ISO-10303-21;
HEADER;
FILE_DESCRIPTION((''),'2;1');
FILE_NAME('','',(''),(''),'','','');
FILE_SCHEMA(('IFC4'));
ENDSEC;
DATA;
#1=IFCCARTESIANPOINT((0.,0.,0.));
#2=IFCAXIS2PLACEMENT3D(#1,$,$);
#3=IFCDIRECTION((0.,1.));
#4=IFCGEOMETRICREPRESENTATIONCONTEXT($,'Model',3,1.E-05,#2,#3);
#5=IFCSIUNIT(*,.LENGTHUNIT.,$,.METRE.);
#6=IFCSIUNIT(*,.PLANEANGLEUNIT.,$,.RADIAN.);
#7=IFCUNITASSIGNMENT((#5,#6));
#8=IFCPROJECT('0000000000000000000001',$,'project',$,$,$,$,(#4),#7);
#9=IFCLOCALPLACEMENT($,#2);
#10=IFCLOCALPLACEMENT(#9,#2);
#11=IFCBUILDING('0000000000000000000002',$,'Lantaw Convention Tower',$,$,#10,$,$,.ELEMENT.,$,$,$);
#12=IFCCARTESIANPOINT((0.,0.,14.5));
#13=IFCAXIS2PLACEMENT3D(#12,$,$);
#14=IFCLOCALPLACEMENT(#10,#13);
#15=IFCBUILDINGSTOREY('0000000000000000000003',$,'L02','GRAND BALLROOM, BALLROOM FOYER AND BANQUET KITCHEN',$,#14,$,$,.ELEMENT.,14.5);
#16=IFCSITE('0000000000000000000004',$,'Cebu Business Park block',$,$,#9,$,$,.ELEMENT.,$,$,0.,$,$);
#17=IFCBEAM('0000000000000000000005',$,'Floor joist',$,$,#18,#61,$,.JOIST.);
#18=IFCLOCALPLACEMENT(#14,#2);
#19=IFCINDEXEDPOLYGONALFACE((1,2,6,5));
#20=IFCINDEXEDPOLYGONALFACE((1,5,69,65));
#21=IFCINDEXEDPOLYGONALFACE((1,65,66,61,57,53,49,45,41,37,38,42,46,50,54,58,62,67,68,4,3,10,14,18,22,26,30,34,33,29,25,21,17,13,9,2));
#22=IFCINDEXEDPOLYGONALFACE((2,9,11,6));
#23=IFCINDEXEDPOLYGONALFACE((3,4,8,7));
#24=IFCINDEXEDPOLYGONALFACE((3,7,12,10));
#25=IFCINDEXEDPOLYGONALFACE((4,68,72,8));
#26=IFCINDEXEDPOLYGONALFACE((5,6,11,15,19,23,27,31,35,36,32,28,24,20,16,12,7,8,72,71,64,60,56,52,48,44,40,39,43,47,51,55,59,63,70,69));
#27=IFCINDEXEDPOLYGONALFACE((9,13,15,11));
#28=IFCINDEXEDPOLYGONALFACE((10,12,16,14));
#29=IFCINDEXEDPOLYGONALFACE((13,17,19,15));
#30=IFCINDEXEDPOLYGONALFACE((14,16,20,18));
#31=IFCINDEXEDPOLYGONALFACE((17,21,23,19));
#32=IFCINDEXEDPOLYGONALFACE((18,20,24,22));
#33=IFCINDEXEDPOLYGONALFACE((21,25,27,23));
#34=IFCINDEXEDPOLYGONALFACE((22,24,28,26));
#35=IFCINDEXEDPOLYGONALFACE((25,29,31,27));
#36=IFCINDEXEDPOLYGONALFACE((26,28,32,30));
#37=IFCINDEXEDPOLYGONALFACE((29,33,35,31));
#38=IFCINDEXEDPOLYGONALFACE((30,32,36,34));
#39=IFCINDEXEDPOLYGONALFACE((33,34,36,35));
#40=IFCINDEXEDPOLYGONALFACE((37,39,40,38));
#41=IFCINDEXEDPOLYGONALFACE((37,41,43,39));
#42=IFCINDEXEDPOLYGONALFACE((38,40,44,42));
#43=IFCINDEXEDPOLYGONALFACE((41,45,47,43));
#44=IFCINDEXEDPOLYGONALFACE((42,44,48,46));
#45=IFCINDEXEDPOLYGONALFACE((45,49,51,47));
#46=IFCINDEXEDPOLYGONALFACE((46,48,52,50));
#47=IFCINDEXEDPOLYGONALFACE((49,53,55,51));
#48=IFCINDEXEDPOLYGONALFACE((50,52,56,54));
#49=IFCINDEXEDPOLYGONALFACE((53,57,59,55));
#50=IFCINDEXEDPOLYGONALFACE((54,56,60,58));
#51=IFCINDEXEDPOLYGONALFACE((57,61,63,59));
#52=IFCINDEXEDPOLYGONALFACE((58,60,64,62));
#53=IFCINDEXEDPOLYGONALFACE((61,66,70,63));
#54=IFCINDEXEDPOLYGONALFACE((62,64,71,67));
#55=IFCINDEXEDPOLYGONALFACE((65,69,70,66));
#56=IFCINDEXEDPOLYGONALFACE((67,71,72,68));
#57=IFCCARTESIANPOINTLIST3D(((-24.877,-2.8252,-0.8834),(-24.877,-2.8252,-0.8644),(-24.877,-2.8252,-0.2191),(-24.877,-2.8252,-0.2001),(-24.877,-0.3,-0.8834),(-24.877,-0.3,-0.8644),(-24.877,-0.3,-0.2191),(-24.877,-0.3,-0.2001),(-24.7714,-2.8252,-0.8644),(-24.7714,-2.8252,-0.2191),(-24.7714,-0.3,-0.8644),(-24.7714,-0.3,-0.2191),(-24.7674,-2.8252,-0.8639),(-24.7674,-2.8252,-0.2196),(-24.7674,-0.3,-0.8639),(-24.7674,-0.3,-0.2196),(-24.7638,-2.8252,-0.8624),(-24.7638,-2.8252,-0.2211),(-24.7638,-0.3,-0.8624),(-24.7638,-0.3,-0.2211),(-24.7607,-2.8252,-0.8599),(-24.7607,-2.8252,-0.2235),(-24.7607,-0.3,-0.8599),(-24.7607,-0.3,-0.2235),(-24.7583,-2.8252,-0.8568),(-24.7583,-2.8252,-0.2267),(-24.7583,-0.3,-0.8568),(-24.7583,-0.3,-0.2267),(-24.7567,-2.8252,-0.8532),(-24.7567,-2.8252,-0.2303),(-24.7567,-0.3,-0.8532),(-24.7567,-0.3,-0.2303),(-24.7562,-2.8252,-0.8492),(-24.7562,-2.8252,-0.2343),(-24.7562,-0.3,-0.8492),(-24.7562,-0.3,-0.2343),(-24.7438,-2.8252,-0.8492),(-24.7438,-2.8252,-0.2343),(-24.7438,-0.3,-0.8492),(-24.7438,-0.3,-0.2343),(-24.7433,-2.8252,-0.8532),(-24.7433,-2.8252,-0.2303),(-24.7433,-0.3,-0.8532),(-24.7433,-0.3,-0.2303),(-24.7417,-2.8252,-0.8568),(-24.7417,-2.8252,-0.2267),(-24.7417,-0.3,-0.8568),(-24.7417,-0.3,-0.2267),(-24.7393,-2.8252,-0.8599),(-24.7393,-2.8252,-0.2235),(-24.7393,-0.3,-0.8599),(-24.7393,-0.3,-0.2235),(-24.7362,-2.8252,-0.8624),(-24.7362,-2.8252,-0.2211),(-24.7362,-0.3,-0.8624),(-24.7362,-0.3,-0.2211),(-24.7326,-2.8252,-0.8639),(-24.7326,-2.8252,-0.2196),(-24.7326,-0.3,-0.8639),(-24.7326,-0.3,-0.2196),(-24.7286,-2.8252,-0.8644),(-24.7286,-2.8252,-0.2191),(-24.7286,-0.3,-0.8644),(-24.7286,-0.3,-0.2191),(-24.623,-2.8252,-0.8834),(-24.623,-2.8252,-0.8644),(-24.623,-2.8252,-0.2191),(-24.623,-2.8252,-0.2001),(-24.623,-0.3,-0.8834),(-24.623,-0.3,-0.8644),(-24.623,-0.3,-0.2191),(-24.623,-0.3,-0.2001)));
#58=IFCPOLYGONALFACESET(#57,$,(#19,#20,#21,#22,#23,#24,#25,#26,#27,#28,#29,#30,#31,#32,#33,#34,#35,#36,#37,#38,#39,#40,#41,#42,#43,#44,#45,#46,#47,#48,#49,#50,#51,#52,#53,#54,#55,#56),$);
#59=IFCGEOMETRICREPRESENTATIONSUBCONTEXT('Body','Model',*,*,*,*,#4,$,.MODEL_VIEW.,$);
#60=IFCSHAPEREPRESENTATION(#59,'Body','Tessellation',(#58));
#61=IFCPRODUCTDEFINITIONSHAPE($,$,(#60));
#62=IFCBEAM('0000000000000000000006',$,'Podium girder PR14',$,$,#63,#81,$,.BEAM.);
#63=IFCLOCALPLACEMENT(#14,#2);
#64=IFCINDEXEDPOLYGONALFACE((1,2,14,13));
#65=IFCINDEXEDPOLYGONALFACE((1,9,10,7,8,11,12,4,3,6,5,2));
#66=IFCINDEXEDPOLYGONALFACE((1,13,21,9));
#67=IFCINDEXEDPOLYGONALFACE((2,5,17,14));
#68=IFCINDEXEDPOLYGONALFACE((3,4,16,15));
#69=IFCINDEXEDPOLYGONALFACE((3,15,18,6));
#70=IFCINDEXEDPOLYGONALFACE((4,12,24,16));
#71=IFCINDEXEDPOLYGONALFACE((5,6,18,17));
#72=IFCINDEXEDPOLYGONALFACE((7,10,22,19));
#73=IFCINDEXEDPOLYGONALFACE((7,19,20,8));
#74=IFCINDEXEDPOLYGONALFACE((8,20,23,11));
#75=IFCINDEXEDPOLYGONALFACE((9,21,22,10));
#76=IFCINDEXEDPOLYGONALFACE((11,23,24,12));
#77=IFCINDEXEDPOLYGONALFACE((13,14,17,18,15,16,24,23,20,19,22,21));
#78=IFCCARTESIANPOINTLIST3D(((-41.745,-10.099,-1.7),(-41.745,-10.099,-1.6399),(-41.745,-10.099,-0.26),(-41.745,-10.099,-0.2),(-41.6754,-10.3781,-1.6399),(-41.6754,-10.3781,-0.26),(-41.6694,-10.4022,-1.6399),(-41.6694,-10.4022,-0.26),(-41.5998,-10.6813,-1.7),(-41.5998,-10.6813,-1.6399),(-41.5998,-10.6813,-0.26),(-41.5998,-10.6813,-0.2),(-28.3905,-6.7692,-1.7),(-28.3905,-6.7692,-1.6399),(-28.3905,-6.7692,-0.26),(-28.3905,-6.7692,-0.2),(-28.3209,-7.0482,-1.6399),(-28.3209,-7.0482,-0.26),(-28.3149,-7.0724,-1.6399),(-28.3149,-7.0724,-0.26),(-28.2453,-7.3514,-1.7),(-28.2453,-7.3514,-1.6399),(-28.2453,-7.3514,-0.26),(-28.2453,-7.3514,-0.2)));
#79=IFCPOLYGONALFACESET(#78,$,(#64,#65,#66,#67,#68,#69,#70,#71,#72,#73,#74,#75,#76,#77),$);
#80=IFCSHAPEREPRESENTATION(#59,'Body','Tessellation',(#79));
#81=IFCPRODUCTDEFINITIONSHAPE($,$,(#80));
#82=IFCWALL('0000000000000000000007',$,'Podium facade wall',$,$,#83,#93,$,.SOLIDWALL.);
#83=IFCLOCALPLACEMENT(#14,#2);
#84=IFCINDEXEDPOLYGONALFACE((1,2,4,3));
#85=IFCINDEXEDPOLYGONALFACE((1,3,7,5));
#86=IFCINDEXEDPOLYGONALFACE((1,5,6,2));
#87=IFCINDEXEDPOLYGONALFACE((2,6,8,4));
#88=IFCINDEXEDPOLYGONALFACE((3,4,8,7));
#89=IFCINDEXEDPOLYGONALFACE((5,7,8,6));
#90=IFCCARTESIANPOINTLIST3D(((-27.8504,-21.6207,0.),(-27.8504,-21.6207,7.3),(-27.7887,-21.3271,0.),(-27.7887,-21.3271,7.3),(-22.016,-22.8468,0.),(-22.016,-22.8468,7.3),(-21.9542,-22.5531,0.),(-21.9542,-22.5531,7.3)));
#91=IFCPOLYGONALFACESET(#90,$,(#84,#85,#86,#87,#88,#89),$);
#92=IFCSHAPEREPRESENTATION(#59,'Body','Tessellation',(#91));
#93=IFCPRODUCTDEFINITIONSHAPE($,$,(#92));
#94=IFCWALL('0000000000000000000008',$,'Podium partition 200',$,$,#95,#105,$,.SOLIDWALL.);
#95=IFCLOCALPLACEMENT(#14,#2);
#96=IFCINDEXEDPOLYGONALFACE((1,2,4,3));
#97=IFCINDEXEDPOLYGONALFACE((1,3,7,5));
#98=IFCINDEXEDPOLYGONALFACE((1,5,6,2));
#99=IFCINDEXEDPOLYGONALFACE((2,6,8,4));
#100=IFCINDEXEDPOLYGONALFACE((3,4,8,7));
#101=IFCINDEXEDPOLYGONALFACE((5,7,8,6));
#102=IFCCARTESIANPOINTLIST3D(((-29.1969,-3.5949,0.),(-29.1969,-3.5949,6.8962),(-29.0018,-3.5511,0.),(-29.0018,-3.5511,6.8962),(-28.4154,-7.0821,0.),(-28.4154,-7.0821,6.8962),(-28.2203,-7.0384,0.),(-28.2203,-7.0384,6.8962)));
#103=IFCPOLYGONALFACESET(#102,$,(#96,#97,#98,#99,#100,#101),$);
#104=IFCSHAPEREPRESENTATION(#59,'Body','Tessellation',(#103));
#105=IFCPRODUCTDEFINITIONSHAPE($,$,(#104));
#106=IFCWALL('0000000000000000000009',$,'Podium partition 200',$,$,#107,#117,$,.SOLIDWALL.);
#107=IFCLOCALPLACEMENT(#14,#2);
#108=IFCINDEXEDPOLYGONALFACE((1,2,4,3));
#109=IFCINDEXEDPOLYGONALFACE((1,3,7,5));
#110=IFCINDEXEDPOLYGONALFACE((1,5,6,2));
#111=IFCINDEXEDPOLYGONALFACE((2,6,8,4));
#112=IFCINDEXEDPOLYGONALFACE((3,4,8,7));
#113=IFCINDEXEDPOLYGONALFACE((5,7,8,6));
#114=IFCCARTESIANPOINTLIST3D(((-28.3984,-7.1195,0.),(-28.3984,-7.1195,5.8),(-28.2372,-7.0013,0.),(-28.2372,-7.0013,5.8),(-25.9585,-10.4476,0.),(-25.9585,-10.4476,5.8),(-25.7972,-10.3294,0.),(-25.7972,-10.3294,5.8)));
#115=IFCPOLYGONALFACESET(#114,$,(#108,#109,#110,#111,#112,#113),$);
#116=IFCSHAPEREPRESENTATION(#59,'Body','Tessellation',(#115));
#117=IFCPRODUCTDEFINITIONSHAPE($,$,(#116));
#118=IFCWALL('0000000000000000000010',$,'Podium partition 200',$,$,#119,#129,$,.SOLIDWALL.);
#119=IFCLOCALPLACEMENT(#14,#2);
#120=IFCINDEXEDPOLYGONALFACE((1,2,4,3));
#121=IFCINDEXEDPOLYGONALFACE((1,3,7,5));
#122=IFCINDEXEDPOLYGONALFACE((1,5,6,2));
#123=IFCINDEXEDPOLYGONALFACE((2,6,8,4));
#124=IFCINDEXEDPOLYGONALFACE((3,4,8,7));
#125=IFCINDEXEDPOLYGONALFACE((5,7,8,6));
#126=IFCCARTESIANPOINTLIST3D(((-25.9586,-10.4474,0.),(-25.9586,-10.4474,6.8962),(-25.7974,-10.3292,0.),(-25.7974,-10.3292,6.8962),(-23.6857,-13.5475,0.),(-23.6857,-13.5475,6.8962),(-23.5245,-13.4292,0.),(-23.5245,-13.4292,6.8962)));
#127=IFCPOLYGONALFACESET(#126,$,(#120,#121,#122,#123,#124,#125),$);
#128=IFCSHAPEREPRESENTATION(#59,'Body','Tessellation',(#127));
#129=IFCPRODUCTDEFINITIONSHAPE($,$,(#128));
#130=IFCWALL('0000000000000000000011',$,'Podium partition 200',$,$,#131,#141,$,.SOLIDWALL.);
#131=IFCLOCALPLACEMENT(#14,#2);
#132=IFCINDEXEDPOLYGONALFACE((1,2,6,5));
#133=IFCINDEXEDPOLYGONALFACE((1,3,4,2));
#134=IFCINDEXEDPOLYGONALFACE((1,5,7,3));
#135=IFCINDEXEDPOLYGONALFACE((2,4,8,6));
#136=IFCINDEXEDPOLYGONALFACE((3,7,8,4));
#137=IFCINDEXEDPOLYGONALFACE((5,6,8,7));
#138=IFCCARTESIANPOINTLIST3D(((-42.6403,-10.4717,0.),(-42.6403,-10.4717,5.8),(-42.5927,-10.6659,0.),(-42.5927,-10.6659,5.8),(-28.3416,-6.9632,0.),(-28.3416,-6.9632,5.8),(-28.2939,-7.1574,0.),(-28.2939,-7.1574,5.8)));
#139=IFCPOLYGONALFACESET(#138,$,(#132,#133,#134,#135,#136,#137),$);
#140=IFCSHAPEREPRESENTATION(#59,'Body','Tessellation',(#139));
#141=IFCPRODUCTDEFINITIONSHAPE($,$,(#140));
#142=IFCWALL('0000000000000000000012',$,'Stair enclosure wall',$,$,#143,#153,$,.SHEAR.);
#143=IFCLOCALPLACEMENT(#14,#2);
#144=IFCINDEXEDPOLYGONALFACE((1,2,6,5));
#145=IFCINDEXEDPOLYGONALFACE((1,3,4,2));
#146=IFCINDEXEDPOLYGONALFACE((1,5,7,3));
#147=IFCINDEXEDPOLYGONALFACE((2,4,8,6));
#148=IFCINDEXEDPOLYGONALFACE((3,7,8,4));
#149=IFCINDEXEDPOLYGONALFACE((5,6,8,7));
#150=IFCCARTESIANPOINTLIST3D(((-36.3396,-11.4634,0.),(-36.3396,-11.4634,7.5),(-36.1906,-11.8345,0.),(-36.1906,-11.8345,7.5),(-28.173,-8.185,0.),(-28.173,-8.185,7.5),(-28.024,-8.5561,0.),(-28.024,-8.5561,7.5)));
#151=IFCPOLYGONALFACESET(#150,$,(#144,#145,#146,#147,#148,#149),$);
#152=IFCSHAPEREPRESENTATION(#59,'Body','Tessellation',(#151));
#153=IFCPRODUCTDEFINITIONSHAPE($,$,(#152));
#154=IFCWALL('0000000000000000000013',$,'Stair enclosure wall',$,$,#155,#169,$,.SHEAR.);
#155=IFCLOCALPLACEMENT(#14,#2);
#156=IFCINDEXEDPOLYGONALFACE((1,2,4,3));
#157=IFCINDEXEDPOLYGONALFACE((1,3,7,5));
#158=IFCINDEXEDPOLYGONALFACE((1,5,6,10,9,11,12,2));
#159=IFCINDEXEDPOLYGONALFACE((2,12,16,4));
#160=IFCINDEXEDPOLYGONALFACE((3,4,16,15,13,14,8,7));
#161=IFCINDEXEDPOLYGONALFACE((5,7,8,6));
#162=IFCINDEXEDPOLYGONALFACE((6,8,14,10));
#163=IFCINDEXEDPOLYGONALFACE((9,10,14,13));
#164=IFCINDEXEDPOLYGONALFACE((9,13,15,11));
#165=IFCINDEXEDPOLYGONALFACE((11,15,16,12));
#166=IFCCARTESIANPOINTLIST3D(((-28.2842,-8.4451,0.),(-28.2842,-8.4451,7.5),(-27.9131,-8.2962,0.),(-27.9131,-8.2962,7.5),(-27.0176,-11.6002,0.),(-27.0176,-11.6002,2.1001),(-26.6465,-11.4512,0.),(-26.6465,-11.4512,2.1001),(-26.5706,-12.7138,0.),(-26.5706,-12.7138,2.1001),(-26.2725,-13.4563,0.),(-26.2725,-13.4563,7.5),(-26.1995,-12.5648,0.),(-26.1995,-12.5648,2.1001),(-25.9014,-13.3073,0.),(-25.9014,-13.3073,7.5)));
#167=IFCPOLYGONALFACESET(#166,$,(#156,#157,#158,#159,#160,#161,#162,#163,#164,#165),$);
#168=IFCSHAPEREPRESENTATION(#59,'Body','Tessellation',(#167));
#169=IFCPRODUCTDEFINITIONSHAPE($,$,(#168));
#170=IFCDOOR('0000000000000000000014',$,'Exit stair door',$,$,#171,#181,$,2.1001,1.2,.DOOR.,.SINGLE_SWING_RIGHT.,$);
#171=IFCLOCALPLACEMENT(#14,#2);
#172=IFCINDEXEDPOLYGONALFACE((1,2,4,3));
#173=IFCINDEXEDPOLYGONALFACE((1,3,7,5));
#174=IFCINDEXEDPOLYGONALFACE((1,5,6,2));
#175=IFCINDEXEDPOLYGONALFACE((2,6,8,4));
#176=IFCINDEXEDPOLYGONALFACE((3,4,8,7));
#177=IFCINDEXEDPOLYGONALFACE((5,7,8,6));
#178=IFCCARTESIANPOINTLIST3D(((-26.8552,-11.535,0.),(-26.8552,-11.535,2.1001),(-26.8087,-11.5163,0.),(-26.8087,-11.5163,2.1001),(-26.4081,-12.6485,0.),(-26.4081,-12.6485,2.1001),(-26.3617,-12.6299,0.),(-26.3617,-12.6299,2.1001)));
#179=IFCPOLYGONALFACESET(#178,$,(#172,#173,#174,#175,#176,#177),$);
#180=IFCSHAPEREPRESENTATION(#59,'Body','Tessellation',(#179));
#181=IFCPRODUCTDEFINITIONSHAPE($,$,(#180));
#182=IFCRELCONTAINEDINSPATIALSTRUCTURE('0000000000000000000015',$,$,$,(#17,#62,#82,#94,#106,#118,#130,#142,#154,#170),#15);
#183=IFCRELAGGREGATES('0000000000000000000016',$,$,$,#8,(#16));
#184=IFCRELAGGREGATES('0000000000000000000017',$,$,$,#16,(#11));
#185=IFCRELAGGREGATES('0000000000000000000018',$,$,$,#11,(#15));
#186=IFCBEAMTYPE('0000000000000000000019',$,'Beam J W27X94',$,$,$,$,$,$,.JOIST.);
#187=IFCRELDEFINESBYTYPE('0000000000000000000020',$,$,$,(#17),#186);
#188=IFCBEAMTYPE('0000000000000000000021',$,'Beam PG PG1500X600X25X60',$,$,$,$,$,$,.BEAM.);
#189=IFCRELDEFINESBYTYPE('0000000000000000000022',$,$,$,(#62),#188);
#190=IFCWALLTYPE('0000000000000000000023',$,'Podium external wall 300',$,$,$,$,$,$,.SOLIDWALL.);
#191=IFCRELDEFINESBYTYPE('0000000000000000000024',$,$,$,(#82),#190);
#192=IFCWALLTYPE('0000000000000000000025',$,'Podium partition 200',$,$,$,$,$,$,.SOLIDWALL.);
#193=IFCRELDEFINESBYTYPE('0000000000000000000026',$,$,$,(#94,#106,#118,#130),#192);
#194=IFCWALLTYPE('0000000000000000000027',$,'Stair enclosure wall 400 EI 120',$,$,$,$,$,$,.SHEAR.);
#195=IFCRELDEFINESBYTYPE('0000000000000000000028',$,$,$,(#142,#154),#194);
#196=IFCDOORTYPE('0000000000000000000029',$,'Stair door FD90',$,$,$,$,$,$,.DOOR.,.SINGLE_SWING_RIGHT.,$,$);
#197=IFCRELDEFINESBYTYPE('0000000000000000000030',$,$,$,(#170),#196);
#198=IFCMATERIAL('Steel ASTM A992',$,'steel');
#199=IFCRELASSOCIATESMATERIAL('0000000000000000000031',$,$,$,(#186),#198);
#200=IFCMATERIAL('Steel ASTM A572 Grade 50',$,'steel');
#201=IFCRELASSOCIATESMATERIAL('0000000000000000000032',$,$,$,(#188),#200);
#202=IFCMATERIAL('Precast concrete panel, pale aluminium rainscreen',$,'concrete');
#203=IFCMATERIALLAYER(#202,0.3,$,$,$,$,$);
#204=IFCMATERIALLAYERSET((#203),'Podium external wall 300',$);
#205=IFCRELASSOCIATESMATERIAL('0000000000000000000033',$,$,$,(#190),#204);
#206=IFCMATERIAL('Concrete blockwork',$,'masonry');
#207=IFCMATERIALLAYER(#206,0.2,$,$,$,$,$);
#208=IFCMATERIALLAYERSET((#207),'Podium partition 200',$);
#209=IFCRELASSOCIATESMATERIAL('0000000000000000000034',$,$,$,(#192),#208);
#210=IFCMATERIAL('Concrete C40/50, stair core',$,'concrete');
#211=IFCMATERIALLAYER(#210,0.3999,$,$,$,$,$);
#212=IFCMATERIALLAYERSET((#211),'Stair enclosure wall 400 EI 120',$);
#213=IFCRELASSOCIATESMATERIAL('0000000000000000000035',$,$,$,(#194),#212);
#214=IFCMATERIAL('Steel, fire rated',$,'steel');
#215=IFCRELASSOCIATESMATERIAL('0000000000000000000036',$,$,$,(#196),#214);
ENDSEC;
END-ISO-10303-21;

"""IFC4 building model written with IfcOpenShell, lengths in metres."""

from ifc_helpers import new_model, si_unit, direction, frame, frame_2d, origin, origin_2d, place, context, subcontext, project, spatial, rectangle, i_section, extrude, material, layer, layer_set, material_profile, profile_set, type_object, element, fill, save


model = new_model("IFC4")

# Units and contexts
model_context = context("Model", 3, precision=1e-05, world=origin(), true_north=direction((0.0, 1.0)))
body_context = subcontext(model_context, "Body", "Model", "MODEL_VIEW")
ifc_project = project(units=[si_unit("LENGTHUNIT", "METRE"), si_unit("PLANEANGLEUNIT", "RADIAN")], contexts=[model_context])

# Site, building, storey
site_placement = place(None, origin())
site = spatial("IfcSite", under=ifc_project, at=site_placement, Name="Cebu Business Park block", CompositionType="ELEMENT", RefElevation=0.0)
building_placement = place(site_placement, origin())
building = spatial("IfcBuilding", under=site, at=building_placement, Name="Lantaw Convention Tower", CompositionType="ELEMENT")
storey_placement = place(building_placement, frame((0.0, 0.0, 14.5)))
storey = spatial("IfcBuildingStorey", under=building, at=storey_placement, Name="L02", Description="GRAND BALLROOM, BALLROOM FOYER AND BANQUET KITCHEN", CompositionType="ELEMENT", Elevation=14.5)

# Shared definitions
ifc_material_1 = material(Name="Steel ASTM A572 Grade 50", Category="steel")

# Beams
ifc_material_2 = material(Name="Steel ASTM A992", Category="steel")
ifc_material_profile_1 = material_profile(ifc_material_2, i_section(OverallWidth=0.2539, OverallDepth=0.6833, WebThickness=0.0125, FlangeThickness=0.019, FilletRadius=0.0151, at=origin_2d()), Name="W27X94")
ifc_profile_set_1 = profile_set([ifc_material_profile_1], Name="Steel ASTM A992")
beam_type_1 = type_object("IfcBeamType", Name="Beam J W27X94", PredefinedType="JOIST", material=ifc_profile_set_1)
beam_1_placement = place(storey_placement, frame((-24.75, -2.8252, -0.5417), z_axis=(0.0, 1.0, 0.0), x_axis=(-1.0, 0.0, 0.0)))
element("IfcBeam", 1, at=beam_1_placement, inside=storey, type_object=beam_type_1, Name="Floor joist", PredefinedType="JOIST", context=body_context, shape_type="SweptSolid", body=[
    extrude(i_section(OverallWidth=0.2539, OverallDepth=0.6833, WebThickness=0.0125, FlangeThickness=0.019, FilletRadius=0.0151, at=origin_2d()), origin(), (0.0, 0.0, 1.0), 2.5251),
])
ifc_material_profile_2 = material_profile(ifc_material_1, i_section(OverallWidth=0.6001, OverallDepth=1.5, WebThickness=0.0249, FlangeThickness=0.0601, at=origin_2d()), Name="PG1500X600X25X60")
ifc_profile_set_2 = profile_set([ifc_material_profile_2], Name="Steel ASTM A572 Grade 50")
beam_type_2 = type_object("IfcBeamType", Name="Beam PG PG1500X600X25X60", PredefinedType="BEAM", material=ifc_profile_set_2)
beam_2_placement = place(storey_placement, frame((-28.3179, -7.0603, -0.95), z_axis=(-0.970293, -0.241935, 0.0), x_axis=(0.241935, -0.970293, 0.0)))
element("IfcBeam", 2, at=beam_2_placement, inside=storey, type_object=beam_type_2, Name="Podium girder PR14", PredefinedType="BEAM", context=body_context, shape_type="SweptSolid", body=[
    extrude(i_section(OverallWidth=0.6001, OverallDepth=1.5, WebThickness=0.0249, FlangeThickness=0.0601, at=origin_2d()), origin(), (0.0, 0.0, 1.0), 13.7634),
])

# Wall
ifc_material_3 = material(Name="Precast concrete panel, pale aluminium rainscreen", Category="concrete")
ifc_layer_1 = layer(ifc_material_3, 0.3)
ifc_layer_set_1 = layer_set([ifc_layer_1], Name="Podium external wall 300")
wall_type_1 = type_object("IfcWallType", Name="Podium external wall 300", PredefinedType="SOLIDWALL", material=ifc_layer_set_1)
wall_1_placement = place(storey_placement, frame((-27.8196, -21.4739, 0.0), z_axis=(0.0, 0.0, 1.0), x_axis=(0.978625, -0.205651, 0.0)))
element("IfcWall", 3, at=wall_1_placement, inside=storey, type_object=wall_type_1, Name="Podium facade wall", PredefinedType="SOLIDWALL", context=body_context, shape_type="SweptSolid", body=[
    extrude(rectangle(XDim=5.9619, YDim=0.3, at=frame_2d((2.981, 0.0))), origin(), (0.0, 0.0, 1.0), 7.3),
])

# Shared definitions
ifc_material_4 = material(Name="Concrete blockwork", Category="masonry")
ifc_layer_2 = layer(ifc_material_4, 0.2)
ifc_layer_set_2 = layer_set([ifc_layer_2], Name="Podium partition 200")
wall_type_2 = type_object("IfcWallType", Name="Podium partition 200", PredefinedType="SOLIDWALL", material=ifc_layer_set_2)

# Walls
wall_2_placement = place(storey_placement, frame((-29.0994, -3.573, 0.0), z_axis=(0.0, 0.0, 1.0), x_axis=(0.218673, -0.975798, 0.0)))
element("IfcWall", 4, at=wall_2_placement, inside=storey, type_object=wall_type_2, Name="Podium partition 200", PredefinedType="SOLIDWALL", context=body_context, shape_type="SweptSolid", body=[
    extrude(rectangle(XDim=3.5737, YDim=0.2, at=frame_2d((1.7869, 0.0))), origin(), (0.0, 0.0, 1.0), 6.8962),
])
wall_3_placement = place(storey_placement, frame((-28.3179, -7.0603, 0.0), z_axis=(0.0, 0.0, 1.0), x_axis=(0.591256, -0.806484, 0.0)))
element("IfcWall", 5, at=wall_3_placement, inside=storey, type_object=wall_type_2, Name="Podium partition 200", PredefinedType="SOLIDWALL", context=body_context, shape_type="SweptSolid", body=[
    extrude(rectangle(XDim=4.1267, YDim=0.2, at=frame_2d((2.0635, 0.0))), origin(), (0.0, 0.0, 1.0), 5.8),
])
wall_4_placement = place(storey_placement, frame((-25.8779, -10.3884, 0.0), z_axis=(0.0, 0.0, 1.0), x_axis=(0.591287, -0.806462, 0.0)))
element("IfcWall", 6, at=wall_4_placement, inside=storey, type_object=wall_type_2, Name="Podium partition 200", PredefinedType="SOLIDWALL", context=body_context, shape_type="SweptSolid", body=[
    extrude(rectangle(XDim=3.844, YDim=0.2, at=frame_2d((1.9219, 0.0))), origin(), (0.0, 0.0, 1.0), 6.8962),
])
wall_5_placement = place(storey_placement, frame((-28.3179, -7.0603, 0.0), z_axis=(0.0, 0.0, 1.0), x_axis=(-0.971191, -0.238304, 0.0)))
element("IfcWall", 7, at=wall_5_placement, inside=storey, type_object=wall_type_2, Name="Podium partition 200", PredefinedType="SOLIDWALL", context=body_context, shape_type="SweptSolid", body=[
    extrude(rectangle(XDim=14.7229, YDim=0.2, at=frame_2d((7.3613, 0.0))), origin(), (0.0, 0.0, 1.0), 5.8),
])
ifc_material_5 = material(Name="Concrete C40/50, stair core", Category="concrete")
ifc_layer_3 = layer(ifc_material_5, 0.3999)
ifc_layer_set_3 = layer_set([ifc_layer_3], Name="Stair enclosure wall 400 EI 120")
wall_type_3 = type_object("IfcWallType", Name="Stair enclosure wall 400 EI 120", PredefinedType="SHEAR", material=ifc_layer_set_3)
wall_6_placement = place(storey_placement, frame((-28.0986, -8.3706, 0.0), z_axis=(0.0, 0.0, 1.0), x_axis=(-0.928017, -0.372538, 0.0)))
element("IfcWall", 8, at=wall_6_placement, inside=storey, type_object=wall_type_3, Name="Stair enclosure wall", PredefinedType="SHEAR", context=body_context, shape_type="SweptSolid", body=[
    extrude(rectangle(XDim=8.8, YDim=0.3999, at=frame_2d((4.3999, 0.0))), origin(), (0.0, 0.0, 1.0), 7.5),
])

# Wall, opening, door
wall_7_placement = place(storey_placement, frame((-26.0869, -13.3818, 0.0), z_axis=(0.0, 0.0, 1.0), x_axis=(-0.372544, 0.928015, 0.0)))
wall_7 = element("IfcWall", 9, at=wall_7_placement, inside=storey, type_object=wall_type_3, Name="Stair enclosure wall", PredefinedType="SHEAR", context=body_context, shape_type="SweptSolid", body=[
    extrude(rectangle(XDim=5.3999, YDim=0.3999, at=frame_2d((2.7, 0.0))), origin(), (0.0, 0.0, 1.0), 7.5),
])
opening_1_placement = place(wall_7_placement, frame((0.8, 0.0, 0.0)))
opening_1 = element("IfcOpeningElement", 10, at=opening_1_placement, cuts=wall_7, PredefinedType="OPENING", context=body_context, shape_type="SweptSolid", body=[
    extrude(rectangle(XDim=1.2, YDim=2.1001, at=frame_2d((0.6001, 1.05))), frame((0.0, 0.21, 0.0), z_axis=(0.0, -1.0, 0.0), x_axis=(1.0, 0.0, 0.0)), (0.0, 0.0, 1.0), 0.4199),
])
ifc_material_6 = material(Name="Steel, fire rated", Category="steel")
door_type_1 = type_object("IfcDoorType", Name="Stair door FD90", OperationType="SINGLE_SWING_RIGHT", PredefinedType="DOOR", material=ifc_material_6)
door_1_placement = place(opening_1_placement, origin())
door_1 = element("IfcDoor", 11, at=door_1_placement, inside=storey, type_object=door_type_1, Name="Exit stair door", OperationType="SINGLE_SWING_RIGHT", OverallHeight=2.1001, OverallWidth=1.2, PredefinedType="DOOR", context=body_context, shape_type="SweptSolid", body=[
    extrude(rectangle(XDim=1.2, YDim=2.1001, at=frame_2d((0.6001, 1.05))), frame((0.0, 0.0249, 0.0), z_axis=(0.0, -1.0, 0.0), x_axis=(1.0, 0.0, 0.0)), (0.0, 0.0, 1.0), 0.05),
])
fill(opening_1, door_1)

save(model, "model.ifc")
